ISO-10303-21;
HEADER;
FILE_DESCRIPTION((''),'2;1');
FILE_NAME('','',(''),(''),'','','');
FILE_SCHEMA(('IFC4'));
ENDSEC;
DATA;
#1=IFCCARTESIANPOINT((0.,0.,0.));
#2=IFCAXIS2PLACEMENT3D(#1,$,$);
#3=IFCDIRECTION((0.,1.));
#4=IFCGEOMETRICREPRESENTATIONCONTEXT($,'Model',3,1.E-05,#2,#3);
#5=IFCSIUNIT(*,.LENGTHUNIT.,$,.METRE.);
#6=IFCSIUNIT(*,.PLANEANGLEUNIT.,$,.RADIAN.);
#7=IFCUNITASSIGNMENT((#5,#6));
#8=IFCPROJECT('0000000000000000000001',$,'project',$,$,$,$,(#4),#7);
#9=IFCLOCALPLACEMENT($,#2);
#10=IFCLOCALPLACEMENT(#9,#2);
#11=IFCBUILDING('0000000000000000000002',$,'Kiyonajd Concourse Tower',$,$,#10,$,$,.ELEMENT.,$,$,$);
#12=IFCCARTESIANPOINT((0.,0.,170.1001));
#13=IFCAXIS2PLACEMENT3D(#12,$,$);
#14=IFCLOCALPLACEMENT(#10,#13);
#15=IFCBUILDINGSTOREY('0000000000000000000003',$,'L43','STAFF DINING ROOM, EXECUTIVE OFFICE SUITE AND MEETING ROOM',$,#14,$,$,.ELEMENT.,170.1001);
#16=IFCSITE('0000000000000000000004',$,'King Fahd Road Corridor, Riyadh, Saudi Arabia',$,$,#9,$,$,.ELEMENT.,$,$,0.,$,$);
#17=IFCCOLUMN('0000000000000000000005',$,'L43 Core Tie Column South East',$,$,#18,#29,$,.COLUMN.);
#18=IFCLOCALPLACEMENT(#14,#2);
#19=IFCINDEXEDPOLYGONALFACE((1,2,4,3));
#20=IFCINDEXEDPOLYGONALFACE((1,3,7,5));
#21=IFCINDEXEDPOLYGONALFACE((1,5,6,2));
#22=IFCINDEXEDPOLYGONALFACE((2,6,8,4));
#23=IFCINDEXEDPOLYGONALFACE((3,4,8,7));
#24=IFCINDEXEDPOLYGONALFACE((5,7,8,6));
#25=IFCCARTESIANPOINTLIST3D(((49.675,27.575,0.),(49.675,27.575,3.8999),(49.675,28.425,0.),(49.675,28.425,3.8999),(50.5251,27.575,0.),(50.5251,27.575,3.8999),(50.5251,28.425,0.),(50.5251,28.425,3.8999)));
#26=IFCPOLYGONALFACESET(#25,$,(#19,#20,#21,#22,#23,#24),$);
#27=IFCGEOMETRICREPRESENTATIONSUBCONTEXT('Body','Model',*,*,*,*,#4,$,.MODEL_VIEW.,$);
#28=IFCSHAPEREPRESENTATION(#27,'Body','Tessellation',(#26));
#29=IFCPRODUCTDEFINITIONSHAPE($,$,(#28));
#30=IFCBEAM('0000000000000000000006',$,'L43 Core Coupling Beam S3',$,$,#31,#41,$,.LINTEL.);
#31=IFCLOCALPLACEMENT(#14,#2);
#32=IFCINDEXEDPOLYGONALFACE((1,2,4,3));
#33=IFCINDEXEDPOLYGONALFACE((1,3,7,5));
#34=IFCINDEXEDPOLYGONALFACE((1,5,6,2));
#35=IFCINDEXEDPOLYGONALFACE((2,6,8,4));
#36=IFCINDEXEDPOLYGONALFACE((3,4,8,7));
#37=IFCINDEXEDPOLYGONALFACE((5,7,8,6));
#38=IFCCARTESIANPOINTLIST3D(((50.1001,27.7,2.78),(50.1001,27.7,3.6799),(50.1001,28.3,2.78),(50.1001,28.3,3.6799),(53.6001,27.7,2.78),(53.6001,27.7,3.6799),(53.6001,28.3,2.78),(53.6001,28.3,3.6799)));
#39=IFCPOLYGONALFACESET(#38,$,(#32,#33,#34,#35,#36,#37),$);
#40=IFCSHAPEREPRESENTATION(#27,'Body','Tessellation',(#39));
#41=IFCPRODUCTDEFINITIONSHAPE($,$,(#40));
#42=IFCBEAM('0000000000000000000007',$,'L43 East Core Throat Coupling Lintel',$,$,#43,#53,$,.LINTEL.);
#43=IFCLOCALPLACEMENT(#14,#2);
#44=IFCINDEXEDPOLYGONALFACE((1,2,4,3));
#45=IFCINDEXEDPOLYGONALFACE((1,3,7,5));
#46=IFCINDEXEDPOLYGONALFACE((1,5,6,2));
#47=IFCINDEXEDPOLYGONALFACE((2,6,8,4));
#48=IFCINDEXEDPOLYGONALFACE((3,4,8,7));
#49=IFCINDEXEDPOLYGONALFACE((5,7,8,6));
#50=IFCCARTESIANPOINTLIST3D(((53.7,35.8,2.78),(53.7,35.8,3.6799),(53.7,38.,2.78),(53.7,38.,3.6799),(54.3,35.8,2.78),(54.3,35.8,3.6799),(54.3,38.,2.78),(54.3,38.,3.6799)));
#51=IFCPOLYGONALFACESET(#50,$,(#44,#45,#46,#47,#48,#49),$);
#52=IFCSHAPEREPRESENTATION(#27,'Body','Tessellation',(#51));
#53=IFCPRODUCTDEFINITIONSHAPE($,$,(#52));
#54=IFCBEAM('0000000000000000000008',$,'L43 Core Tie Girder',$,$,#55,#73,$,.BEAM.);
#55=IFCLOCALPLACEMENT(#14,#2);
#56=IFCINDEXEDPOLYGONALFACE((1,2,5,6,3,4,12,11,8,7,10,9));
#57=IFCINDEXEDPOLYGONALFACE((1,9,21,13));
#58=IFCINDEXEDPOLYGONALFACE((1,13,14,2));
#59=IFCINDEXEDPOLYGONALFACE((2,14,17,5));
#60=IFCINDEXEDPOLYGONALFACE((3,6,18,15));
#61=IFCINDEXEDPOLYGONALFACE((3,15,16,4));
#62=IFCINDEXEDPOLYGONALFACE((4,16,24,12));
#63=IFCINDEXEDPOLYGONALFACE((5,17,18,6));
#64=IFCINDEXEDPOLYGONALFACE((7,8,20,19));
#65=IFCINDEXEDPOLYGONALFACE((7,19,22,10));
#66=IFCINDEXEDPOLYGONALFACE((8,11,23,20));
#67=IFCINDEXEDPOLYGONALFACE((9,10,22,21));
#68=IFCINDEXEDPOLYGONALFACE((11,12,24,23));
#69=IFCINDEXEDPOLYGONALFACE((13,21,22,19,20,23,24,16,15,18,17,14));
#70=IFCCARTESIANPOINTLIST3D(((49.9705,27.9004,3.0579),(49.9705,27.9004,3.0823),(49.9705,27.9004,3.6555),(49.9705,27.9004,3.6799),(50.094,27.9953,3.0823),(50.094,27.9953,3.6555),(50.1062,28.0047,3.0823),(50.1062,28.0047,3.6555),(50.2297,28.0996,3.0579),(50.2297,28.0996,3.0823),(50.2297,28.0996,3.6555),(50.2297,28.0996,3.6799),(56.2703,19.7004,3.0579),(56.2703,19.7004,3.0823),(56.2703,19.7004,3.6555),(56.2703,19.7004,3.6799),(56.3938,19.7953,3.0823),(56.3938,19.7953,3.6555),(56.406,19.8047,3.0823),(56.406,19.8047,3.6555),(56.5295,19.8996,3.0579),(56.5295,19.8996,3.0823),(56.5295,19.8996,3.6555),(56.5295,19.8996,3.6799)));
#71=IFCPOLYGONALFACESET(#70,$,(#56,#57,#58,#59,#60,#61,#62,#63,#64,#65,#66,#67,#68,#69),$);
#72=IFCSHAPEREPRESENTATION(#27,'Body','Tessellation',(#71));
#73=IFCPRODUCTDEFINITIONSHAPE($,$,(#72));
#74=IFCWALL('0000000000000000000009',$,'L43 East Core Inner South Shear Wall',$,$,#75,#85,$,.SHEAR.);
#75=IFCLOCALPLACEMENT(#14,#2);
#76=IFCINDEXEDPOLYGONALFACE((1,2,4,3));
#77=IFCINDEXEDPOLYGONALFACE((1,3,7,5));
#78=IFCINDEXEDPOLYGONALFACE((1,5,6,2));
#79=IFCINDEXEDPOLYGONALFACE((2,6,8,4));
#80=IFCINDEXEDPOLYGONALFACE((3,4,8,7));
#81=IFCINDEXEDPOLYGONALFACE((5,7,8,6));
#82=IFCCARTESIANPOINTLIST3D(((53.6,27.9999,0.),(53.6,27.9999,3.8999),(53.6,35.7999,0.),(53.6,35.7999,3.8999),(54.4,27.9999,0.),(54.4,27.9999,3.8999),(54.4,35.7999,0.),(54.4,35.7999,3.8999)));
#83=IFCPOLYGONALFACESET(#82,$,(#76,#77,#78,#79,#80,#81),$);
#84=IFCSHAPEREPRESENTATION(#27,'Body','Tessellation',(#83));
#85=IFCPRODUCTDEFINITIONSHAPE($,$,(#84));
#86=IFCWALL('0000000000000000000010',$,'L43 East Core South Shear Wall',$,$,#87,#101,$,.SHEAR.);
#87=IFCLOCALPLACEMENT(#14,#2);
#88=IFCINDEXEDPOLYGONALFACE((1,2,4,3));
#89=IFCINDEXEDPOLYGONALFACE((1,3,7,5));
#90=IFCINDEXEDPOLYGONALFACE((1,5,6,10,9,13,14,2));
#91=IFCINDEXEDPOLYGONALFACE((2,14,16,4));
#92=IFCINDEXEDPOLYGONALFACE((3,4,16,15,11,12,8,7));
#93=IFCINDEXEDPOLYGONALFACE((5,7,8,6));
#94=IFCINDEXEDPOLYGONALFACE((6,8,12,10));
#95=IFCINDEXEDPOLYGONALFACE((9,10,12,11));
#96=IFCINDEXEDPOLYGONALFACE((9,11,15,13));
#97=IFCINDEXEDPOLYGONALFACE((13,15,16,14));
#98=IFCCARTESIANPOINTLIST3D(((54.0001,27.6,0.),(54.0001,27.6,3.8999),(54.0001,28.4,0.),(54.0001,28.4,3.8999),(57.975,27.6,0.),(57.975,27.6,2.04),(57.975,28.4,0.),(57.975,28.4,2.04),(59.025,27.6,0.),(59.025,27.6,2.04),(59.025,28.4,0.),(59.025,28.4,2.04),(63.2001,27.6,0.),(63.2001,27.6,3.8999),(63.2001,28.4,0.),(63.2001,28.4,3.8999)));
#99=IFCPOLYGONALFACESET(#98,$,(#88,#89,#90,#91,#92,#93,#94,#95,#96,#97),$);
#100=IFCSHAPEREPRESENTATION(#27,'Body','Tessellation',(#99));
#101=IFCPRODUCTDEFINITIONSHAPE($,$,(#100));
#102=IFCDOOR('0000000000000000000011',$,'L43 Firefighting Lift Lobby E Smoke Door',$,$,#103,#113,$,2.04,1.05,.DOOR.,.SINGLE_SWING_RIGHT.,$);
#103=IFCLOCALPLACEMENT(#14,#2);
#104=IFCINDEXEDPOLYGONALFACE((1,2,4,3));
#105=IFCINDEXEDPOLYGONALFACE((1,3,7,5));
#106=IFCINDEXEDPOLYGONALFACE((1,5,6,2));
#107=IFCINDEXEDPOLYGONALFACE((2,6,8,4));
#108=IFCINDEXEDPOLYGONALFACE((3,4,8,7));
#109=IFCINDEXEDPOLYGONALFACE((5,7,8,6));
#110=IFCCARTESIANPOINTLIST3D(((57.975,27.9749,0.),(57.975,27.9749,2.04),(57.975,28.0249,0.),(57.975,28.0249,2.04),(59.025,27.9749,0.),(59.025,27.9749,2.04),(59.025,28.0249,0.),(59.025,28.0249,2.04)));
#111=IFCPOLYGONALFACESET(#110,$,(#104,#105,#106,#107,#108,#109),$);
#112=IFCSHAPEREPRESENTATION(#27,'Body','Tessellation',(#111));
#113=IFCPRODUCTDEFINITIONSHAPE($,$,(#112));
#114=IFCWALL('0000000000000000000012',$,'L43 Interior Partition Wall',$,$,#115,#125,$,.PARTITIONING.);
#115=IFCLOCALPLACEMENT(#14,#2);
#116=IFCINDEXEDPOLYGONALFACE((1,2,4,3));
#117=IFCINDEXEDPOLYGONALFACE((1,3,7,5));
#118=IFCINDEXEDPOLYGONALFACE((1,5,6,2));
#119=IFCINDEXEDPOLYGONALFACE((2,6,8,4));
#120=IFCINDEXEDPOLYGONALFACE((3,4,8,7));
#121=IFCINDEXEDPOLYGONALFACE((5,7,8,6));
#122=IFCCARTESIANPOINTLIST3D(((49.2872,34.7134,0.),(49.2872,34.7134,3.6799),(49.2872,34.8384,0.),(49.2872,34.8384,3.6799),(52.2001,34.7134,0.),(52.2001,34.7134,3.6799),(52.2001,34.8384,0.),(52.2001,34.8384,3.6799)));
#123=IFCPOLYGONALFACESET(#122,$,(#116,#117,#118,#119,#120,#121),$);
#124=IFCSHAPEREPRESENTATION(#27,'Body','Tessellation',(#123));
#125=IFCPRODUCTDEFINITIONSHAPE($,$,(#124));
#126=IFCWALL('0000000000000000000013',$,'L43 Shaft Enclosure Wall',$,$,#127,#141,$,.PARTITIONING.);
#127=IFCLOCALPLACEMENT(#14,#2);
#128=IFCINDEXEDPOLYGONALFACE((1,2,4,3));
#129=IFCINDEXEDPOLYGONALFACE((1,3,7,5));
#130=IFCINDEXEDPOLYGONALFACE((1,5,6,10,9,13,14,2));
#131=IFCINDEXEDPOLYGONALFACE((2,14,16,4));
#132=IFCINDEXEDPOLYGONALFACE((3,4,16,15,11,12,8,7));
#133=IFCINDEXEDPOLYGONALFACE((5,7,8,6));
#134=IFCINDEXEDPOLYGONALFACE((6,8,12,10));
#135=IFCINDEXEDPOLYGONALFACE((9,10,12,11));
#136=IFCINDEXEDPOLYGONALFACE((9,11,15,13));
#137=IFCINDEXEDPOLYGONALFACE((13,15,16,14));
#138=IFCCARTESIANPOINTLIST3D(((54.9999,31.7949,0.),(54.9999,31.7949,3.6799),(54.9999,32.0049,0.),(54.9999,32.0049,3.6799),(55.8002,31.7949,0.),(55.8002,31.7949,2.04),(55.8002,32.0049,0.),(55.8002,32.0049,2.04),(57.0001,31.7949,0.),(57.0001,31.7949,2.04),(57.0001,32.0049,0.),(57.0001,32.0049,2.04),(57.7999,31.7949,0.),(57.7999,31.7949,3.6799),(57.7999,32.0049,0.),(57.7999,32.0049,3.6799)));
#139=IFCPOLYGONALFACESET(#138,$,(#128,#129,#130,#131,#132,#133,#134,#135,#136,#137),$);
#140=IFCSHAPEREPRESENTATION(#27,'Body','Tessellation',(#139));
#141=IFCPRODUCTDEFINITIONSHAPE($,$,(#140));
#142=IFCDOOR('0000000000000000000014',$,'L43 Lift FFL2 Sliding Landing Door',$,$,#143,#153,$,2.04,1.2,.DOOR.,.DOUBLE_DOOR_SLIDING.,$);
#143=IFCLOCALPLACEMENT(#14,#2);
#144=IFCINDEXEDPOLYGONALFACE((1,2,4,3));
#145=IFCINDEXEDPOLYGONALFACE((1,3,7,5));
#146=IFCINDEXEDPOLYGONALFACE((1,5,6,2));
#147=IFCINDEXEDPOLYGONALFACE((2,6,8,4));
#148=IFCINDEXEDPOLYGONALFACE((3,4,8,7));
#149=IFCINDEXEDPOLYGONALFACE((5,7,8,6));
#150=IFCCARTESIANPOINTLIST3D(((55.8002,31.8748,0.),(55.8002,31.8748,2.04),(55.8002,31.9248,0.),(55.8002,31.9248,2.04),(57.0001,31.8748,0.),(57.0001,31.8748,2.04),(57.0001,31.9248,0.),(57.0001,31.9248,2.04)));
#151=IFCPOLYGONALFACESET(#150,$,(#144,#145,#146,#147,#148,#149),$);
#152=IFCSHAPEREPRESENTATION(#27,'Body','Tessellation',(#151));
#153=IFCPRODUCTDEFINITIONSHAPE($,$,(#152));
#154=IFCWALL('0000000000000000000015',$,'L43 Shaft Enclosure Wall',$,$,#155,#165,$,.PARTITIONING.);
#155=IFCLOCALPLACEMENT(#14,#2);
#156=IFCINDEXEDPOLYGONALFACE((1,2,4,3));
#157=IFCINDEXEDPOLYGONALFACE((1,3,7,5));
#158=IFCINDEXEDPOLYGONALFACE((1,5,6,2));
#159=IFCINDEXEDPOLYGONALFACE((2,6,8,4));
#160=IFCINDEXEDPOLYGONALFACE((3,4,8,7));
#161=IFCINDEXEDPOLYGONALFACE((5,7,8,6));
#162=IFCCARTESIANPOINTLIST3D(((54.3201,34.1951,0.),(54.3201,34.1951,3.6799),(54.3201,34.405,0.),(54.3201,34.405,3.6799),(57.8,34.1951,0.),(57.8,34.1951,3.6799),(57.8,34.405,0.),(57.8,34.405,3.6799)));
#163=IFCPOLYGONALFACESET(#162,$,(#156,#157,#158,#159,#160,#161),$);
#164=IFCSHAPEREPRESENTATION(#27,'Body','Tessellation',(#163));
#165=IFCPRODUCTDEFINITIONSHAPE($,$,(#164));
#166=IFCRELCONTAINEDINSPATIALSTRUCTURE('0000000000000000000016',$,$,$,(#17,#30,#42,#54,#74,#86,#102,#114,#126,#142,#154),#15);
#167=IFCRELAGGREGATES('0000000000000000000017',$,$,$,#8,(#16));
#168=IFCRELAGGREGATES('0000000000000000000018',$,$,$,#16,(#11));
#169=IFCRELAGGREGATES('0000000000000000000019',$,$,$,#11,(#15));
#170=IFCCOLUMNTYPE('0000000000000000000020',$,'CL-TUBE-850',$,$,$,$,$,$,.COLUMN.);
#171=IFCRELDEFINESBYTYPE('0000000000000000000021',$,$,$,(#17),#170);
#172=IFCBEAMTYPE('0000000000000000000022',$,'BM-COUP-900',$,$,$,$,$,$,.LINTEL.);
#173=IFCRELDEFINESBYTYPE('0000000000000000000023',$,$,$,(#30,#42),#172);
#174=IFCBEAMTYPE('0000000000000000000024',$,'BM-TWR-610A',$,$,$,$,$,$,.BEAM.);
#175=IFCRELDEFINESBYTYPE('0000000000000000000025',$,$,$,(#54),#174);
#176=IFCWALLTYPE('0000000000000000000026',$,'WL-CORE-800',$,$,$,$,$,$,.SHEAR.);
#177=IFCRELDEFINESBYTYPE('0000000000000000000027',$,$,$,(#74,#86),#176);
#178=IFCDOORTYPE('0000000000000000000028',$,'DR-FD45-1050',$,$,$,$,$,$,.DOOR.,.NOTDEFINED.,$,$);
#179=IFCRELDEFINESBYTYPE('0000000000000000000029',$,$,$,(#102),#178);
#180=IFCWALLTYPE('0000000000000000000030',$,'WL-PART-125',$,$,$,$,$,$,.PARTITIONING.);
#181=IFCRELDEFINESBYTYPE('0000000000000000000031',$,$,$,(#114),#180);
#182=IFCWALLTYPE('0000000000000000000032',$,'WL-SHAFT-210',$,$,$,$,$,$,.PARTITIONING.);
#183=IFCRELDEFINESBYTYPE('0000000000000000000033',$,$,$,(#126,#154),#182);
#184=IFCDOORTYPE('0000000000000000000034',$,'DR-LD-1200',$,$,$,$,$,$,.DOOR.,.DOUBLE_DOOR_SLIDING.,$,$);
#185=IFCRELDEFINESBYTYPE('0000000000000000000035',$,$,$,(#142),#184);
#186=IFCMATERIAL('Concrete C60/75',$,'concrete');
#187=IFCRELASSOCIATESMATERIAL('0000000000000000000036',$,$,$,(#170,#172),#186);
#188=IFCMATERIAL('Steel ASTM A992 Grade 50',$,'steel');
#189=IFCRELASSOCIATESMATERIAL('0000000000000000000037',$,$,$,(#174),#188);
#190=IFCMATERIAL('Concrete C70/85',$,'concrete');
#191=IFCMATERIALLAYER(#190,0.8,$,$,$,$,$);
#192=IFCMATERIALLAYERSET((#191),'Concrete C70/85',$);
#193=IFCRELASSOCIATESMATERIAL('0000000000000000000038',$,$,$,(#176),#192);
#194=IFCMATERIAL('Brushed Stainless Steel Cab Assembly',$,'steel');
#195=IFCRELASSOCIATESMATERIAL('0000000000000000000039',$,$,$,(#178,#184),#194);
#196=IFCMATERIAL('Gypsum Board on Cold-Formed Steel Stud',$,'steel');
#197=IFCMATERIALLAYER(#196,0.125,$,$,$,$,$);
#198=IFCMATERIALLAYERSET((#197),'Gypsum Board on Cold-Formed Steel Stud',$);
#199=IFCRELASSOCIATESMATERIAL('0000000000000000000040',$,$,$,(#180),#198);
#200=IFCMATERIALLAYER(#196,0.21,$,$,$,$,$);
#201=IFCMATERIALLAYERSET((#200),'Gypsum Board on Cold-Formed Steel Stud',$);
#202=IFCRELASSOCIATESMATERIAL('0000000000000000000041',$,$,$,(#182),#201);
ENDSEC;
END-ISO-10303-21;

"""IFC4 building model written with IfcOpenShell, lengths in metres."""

from ifc_helpers import new_model, si_unit, direction, frame, frame_2d, origin, origin_2d, place, context, subcontext, project, spatial, rectangle, i_section, extrude, material, layer, layer_set, material_profile, profile_set, type_object, element, fill, save


model = new_model("IFC4")

# Units and contexts
model_context = context("Model", 3, precision=1e-05, world=origin(), true_north=direction((0.0, 1.0)))
body_context = subcontext(model_context, "Body", "Model", "MODEL_VIEW")
ifc_project = project(units=[si_unit("LENGTHUNIT", "METRE"), si_unit("PLANEANGLEUNIT", "RADIAN")], contexts=[model_context])

# Site, building, storey
site_placement = place(None, origin())
site = spatial("IfcSite", under=ifc_project, at=site_placement, Name="King Fahd Road Corridor, Riyadh, Saudi Arabia", CompositionType="ELEMENT", RefElevation=0.0)
building_placement = place(site_placement, origin())
building = spatial("IfcBuilding", under=site, at=building_placement, Name="Kiyonajd Concourse Tower", CompositionType="ELEMENT")
storey_placement = place(building_placement, frame((0.0, 0.0, 170.1001)))
storey = spatial("IfcBuildingStorey", under=building, at=storey_placement, Name="L43", Description="STAFF DINING ROOM, EXECUTIVE OFFICE SUITE AND MEETING ROOM", CompositionType="ELEMENT", Elevation=170.1001)

# Column
ifc_material_1 = material(Name="Concrete C60/75", Category="concrete")
ifc_material_profile_1 = material_profile(ifc_material_1, rectangle(XDim=0.8501, YDim=0.8501, at=origin_2d()), Name="RC-850x850")
ifc_profile_set_1 = profile_set([ifc_material_profile_1], Name="Concrete C60/75")
column_type = type_object("IfcColumnType", Name="CL-TUBE-850", PredefinedType="COLUMN", material=ifc_profile_set_1)
column_placement = place(storey_placement, frame((50.1001, 28.0, 0.0), z_axis=(0.0, 0.0, 1.0), x_axis=(1.0, 0.0, 0.0)))
element("IfcColumn", 1, at=column_placement, inside=storey, type_object=column_type, Name="L43 Core Tie Column South East", PredefinedType="COLUMN", context=body_context, shape_type="SweptSolid", body=[
    extrude(rectangle(XDim=0.8501, YDim=0.8501, at=origin_2d()), origin(), (0.0, 0.0, 1.0), 3.8999),
])

# Beams
ifc_material_profile_2 = material_profile(ifc_material_1, rectangle(XDim=0.6001, YDim=0.8999, at=origin_2d()), Name="RCBM-600x900")
ifc_profile_set_2 = profile_set([ifc_material_profile_2], Name="Concrete C60/75")
beam_type_1 = type_object("IfcBeamType", Name="BM-COUP-900", PredefinedType="LINTEL", material=ifc_profile_set_2)
beam_1_placement = place(storey_placement, frame((50.1001, 28.0, 3.23), z_axis=(1.0, 0.0, 0.0), x_axis=(0.0, 1.0, 0.0)))
element("IfcBeam", 2, at=beam_1_placement, inside=storey, type_object=beam_type_1, Name="L43 Core Coupling Beam S3", PredefinedType="LINTEL", context=body_context, shape_type="SweptSolid", body=[
    extrude(rectangle(XDim=0.6001, YDim=0.8999, at=origin_2d()), origin(), (0.0, 0.0, 1.0), 3.5),
])
beam_2_placement = place(storey_placement, frame((54.0, 35.8, 3.23), z_axis=(0.0, 1.0, 0.0), x_axis=(-1.0, 0.0, 0.0)))
element("IfcBeam", 3, at=beam_2_placement, inside=storey, type_object=beam_type_1, Name="L43 East Core Throat Coupling Lintel", PredefinedType="LINTEL", context=body_context, shape_type="SweptSolid", body=[
    extrude(rectangle(XDim=0.6001, YDim=0.8999, at=origin_2d()), origin(), (0.0, 0.0, 1.0), 2.2),
])
ifc_material_2 = material(Name="Steel ASTM A992 Grade 50", Category="steel")
ifc_material_profile_3 = material_profile(ifc_material_2, i_section(OverallWidth=0.3269, OverallDepth=0.6221, WebThickness=0.0154, FlangeThickness=0.0244, at=origin_2d()), Name="W610X195")
ifc_profile_set_3 = profile_set([ifc_material_profile_3], Name="Steel ASTM A992 Grade 50")
beam_type_2 = type_object("IfcBeamType", Name="BM-TWR-610A", PredefinedType="BEAM", material=ifc_profile_set_3)
beam_3_placement = place(storey_placement, frame((50.1001, 28.0, 3.3689), z_axis=(0.609234, -0.792991, 0.0), x_axis=(0.792991, 0.609234, 0.0)))
element("IfcBeam", 4, at=beam_3_placement, inside=storey, type_object=beam_type_2, Name="L43 Core Tie Girder", PredefinedType="BEAM", context=body_context, shape_type="SweptSolid", body=[
    extrude(i_section(OverallWidth=0.3269, OverallDepth=0.6221, WebThickness=0.0154, FlangeThickness=0.0244, at=origin_2d()), origin(), (0.0, 0.0, 1.0), 10.3406),
])

# Wall
ifc_material_3 = material(Name="Concrete C70/85", Category="concrete")
ifc_layer_1 = layer(ifc_material_3, 0.8)
ifc_layer_set_1 = layer_set([ifc_layer_1], Name="Concrete C70/85")
wall_type_1 = type_object("IfcWallType", Name="WL-CORE-800", PredefinedType="SHEAR", material=ifc_layer_set_1)
wall_1_placement = place(storey_placement, frame((54.0, 28.0, 0.0), z_axis=(0.0, 0.0, 1.0), x_axis=(0.0, 1.0, 0.0)))
element("IfcWall", 5, at=wall_1_placement, inside=storey, type_object=wall_type_1, Name="L43 East Core Inner South Shear Wall", PredefinedType="SHEAR", context=body_context, shape_type="SweptSolid", body=[
    extrude(rectangle(XDim=7.8, YDim=0.8, at=frame_2d((3.8999, 0.0))), origin(), (0.0, 0.0, 1.0), 3.8999),
])

# Wall, opening, door
wall_2_placement = place(storey_placement, frame((54.0, 28.0, 0.0), z_axis=(0.0, 0.0, 1.0), x_axis=(1.0, 0.0, 0.0)))
wall_2 = element("IfcWall", 6, at=wall_2_placement, inside=storey, type_object=wall_type_1, Name="L43 East Core South Shear Wall", PredefinedType="SHEAR", context=body_context, shape_type="SweptSolid", body=[
    extrude(rectangle(XDim=9.2, YDim=0.8, at=frame_2d((4.6001, 0.0))), origin(), (0.0, 0.0, 1.0), 3.8999),
])
opening_1_placement = place(wall_2_placement, frame((3.9751, 0.0, 0.0)))
opening_1 = element("IfcOpeningElement", 7, at=opening_1_placement, cuts=wall_2, PredefinedType="OPENING", context=body_context, shape_type="SweptSolid", body=[
    extrude(rectangle(XDim=1.05, YDim=2.04, at=frame_2d((0.5249, 1.02))), frame((0.0, 0.4099, 0.0), z_axis=(0.0, -1.0, 0.0), x_axis=(1.0, 0.0, 0.0)), (0.0, 0.0, 1.0), 0.8201),
])
ifc_material_4 = material(Name="Brushed Stainless Steel Cab Assembly", Category="steel")
door_type_1 = type_object("IfcDoorType", Name="DR-FD45-1050", OperationType="NOTDEFINED", PredefinedType="DOOR", material=ifc_material_4)
door_1_placement = place(opening_1_placement, origin())
door_1 = element("IfcDoor", 8, at=door_1_placement, inside=storey, type_object=door_type_1, Name="L43 Firefighting Lift Lobby E Smoke Door", OperationType="SINGLE_SWING_RIGHT", OverallHeight=2.04, OverallWidth=1.05, PredefinedType="DOOR", context=body_context, shape_type="SweptSolid", body=[
    extrude(rectangle(XDim=1.05, YDim=2.04, at=frame_2d((0.5249, 1.02))), frame((0.0, 0.0249, 0.0), z_axis=(0.0, -1.0, 0.0), x_axis=(1.0, 0.0, 0.0)), (0.0, 0.0, 1.0), 0.05),
])
fill(opening_1, door_1)

# Wall
ifc_material_5 = material(Name="Gypsum Board on Cold-Formed Steel Stud", Category="steel")
ifc_layer_2 = layer(ifc_material_5, 0.125)
ifc_layer_set_2 = layer_set([ifc_layer_2], Name="Gypsum Board on Cold-Formed Steel Stud")
wall_type_2 = type_object("IfcWallType", Name="WL-PART-125", PredefinedType="PARTITIONING", material=ifc_layer_set_2)
wall_3_placement = place(storey_placement, frame((49.2871, 34.7759, 0.0), z_axis=(0.0, 0.0, 1.0), x_axis=(1.0, 0.0, 0.0)))
element("IfcWall", 9, at=wall_3_placement, inside=storey, type_object=wall_type_2, Name="L43 Interior Partition Wall", PredefinedType="PARTITIONING", context=body_context, shape_type="SweptSolid", body=[
    extrude(rectangle(XDim=2.9128, YDim=0.125, at=frame_2d((1.4565, 0.0))), origin(), (0.0, 0.0, 1.0), 3.6799),
])

# Wall, opening, door
ifc_layer_3 = layer(ifc_material_5, 0.21)
ifc_layer_set_3 = layer_set([ifc_layer_3], Name="Gypsum Board on Cold-Formed Steel Stud")
wall_type_3 = type_object("IfcWallType", Name="WL-SHAFT-210", PredefinedType="PARTITIONING", material=ifc_layer_set_3)
wall_4_placement = place(storey_placement, frame((55.0, 31.8999, 0.0), z_axis=(0.0, 0.0, 1.0), x_axis=(1.0, 0.0, 0.0)))
wall_4 = element("IfcWall", 10, at=wall_4_placement, inside=storey, type_object=wall_type_3, Name="L43 Shaft Enclosure Wall", PredefinedType="PARTITIONING", context=body_context, shape_type="SweptSolid", body=[
    extrude(rectangle(XDim=2.8, YDim=0.21, at=frame_2d((1.3999, 0.0))), origin(), (0.0, 0.0, 1.0), 3.6799),
])
opening_2_placement = place(wall_4_placement, frame((0.8, 0.0, 0.0)))
opening_2 = element("IfcOpeningElement", 11, at=opening_2_placement, cuts=wall_4, PredefinedType="OPENING", context=body_context, shape_type="SweptSolid", body=[
    extrude(rectangle(XDim=1.2, YDim=2.04, at=frame_2d((0.6001, 1.02))), frame((0.0, 0.115, 0.0), z_axis=(0.0, -1.0, 0.0), x_axis=(1.0, 0.0, 0.0)), (0.0, 0.0, 1.0), 0.23),
])
door_type_2 = type_object("IfcDoorType", Name="DR-LD-1200", OperationType="DOUBLE_DOOR_SLIDING", PredefinedType="DOOR", material=ifc_material_4)
door_2_placement = place(opening_2_placement, origin())
door_2 = element("IfcDoor", 12, at=door_2_placement, inside=storey, type_object=door_type_2, Name="L43 Lift FFL2 Sliding Landing Door", OperationType="DOUBLE_DOOR_SLIDING", OverallHeight=2.04, OverallWidth=1.2, PredefinedType="DOOR", context=body_context, shape_type="SweptSolid", body=[
    extrude(rectangle(XDim=1.2, YDim=2.04, at=frame_2d((0.6001, 1.02))), frame((0.0, 0.0249, 0.0), z_axis=(0.0, -1.0, 0.0), x_axis=(1.0, 0.0, 0.0)), (0.0, 0.0, 1.0), 0.05),
])
fill(opening_2, door_2)

# Wall
wall_5_placement = place(storey_placement, frame((54.3201, 34.3, 0.0), z_axis=(0.0, 0.0, 1.0), x_axis=(1.0, 0.0, 0.0)))
element("IfcWall", 13, at=wall_5_placement, inside=storey, type_object=wall_type_3, Name="L43 Shaft Enclosure Wall", PredefinedType="PARTITIONING", context=body_context, shape_type="SweptSolid", body=[
    extrude(rectangle(XDim=3.48, YDim=0.21, at=frame_2d((1.74, 0.0))), origin(), (0.0, 0.0, 1.0), 3.6799),
])

save(model, "model.ifc")
